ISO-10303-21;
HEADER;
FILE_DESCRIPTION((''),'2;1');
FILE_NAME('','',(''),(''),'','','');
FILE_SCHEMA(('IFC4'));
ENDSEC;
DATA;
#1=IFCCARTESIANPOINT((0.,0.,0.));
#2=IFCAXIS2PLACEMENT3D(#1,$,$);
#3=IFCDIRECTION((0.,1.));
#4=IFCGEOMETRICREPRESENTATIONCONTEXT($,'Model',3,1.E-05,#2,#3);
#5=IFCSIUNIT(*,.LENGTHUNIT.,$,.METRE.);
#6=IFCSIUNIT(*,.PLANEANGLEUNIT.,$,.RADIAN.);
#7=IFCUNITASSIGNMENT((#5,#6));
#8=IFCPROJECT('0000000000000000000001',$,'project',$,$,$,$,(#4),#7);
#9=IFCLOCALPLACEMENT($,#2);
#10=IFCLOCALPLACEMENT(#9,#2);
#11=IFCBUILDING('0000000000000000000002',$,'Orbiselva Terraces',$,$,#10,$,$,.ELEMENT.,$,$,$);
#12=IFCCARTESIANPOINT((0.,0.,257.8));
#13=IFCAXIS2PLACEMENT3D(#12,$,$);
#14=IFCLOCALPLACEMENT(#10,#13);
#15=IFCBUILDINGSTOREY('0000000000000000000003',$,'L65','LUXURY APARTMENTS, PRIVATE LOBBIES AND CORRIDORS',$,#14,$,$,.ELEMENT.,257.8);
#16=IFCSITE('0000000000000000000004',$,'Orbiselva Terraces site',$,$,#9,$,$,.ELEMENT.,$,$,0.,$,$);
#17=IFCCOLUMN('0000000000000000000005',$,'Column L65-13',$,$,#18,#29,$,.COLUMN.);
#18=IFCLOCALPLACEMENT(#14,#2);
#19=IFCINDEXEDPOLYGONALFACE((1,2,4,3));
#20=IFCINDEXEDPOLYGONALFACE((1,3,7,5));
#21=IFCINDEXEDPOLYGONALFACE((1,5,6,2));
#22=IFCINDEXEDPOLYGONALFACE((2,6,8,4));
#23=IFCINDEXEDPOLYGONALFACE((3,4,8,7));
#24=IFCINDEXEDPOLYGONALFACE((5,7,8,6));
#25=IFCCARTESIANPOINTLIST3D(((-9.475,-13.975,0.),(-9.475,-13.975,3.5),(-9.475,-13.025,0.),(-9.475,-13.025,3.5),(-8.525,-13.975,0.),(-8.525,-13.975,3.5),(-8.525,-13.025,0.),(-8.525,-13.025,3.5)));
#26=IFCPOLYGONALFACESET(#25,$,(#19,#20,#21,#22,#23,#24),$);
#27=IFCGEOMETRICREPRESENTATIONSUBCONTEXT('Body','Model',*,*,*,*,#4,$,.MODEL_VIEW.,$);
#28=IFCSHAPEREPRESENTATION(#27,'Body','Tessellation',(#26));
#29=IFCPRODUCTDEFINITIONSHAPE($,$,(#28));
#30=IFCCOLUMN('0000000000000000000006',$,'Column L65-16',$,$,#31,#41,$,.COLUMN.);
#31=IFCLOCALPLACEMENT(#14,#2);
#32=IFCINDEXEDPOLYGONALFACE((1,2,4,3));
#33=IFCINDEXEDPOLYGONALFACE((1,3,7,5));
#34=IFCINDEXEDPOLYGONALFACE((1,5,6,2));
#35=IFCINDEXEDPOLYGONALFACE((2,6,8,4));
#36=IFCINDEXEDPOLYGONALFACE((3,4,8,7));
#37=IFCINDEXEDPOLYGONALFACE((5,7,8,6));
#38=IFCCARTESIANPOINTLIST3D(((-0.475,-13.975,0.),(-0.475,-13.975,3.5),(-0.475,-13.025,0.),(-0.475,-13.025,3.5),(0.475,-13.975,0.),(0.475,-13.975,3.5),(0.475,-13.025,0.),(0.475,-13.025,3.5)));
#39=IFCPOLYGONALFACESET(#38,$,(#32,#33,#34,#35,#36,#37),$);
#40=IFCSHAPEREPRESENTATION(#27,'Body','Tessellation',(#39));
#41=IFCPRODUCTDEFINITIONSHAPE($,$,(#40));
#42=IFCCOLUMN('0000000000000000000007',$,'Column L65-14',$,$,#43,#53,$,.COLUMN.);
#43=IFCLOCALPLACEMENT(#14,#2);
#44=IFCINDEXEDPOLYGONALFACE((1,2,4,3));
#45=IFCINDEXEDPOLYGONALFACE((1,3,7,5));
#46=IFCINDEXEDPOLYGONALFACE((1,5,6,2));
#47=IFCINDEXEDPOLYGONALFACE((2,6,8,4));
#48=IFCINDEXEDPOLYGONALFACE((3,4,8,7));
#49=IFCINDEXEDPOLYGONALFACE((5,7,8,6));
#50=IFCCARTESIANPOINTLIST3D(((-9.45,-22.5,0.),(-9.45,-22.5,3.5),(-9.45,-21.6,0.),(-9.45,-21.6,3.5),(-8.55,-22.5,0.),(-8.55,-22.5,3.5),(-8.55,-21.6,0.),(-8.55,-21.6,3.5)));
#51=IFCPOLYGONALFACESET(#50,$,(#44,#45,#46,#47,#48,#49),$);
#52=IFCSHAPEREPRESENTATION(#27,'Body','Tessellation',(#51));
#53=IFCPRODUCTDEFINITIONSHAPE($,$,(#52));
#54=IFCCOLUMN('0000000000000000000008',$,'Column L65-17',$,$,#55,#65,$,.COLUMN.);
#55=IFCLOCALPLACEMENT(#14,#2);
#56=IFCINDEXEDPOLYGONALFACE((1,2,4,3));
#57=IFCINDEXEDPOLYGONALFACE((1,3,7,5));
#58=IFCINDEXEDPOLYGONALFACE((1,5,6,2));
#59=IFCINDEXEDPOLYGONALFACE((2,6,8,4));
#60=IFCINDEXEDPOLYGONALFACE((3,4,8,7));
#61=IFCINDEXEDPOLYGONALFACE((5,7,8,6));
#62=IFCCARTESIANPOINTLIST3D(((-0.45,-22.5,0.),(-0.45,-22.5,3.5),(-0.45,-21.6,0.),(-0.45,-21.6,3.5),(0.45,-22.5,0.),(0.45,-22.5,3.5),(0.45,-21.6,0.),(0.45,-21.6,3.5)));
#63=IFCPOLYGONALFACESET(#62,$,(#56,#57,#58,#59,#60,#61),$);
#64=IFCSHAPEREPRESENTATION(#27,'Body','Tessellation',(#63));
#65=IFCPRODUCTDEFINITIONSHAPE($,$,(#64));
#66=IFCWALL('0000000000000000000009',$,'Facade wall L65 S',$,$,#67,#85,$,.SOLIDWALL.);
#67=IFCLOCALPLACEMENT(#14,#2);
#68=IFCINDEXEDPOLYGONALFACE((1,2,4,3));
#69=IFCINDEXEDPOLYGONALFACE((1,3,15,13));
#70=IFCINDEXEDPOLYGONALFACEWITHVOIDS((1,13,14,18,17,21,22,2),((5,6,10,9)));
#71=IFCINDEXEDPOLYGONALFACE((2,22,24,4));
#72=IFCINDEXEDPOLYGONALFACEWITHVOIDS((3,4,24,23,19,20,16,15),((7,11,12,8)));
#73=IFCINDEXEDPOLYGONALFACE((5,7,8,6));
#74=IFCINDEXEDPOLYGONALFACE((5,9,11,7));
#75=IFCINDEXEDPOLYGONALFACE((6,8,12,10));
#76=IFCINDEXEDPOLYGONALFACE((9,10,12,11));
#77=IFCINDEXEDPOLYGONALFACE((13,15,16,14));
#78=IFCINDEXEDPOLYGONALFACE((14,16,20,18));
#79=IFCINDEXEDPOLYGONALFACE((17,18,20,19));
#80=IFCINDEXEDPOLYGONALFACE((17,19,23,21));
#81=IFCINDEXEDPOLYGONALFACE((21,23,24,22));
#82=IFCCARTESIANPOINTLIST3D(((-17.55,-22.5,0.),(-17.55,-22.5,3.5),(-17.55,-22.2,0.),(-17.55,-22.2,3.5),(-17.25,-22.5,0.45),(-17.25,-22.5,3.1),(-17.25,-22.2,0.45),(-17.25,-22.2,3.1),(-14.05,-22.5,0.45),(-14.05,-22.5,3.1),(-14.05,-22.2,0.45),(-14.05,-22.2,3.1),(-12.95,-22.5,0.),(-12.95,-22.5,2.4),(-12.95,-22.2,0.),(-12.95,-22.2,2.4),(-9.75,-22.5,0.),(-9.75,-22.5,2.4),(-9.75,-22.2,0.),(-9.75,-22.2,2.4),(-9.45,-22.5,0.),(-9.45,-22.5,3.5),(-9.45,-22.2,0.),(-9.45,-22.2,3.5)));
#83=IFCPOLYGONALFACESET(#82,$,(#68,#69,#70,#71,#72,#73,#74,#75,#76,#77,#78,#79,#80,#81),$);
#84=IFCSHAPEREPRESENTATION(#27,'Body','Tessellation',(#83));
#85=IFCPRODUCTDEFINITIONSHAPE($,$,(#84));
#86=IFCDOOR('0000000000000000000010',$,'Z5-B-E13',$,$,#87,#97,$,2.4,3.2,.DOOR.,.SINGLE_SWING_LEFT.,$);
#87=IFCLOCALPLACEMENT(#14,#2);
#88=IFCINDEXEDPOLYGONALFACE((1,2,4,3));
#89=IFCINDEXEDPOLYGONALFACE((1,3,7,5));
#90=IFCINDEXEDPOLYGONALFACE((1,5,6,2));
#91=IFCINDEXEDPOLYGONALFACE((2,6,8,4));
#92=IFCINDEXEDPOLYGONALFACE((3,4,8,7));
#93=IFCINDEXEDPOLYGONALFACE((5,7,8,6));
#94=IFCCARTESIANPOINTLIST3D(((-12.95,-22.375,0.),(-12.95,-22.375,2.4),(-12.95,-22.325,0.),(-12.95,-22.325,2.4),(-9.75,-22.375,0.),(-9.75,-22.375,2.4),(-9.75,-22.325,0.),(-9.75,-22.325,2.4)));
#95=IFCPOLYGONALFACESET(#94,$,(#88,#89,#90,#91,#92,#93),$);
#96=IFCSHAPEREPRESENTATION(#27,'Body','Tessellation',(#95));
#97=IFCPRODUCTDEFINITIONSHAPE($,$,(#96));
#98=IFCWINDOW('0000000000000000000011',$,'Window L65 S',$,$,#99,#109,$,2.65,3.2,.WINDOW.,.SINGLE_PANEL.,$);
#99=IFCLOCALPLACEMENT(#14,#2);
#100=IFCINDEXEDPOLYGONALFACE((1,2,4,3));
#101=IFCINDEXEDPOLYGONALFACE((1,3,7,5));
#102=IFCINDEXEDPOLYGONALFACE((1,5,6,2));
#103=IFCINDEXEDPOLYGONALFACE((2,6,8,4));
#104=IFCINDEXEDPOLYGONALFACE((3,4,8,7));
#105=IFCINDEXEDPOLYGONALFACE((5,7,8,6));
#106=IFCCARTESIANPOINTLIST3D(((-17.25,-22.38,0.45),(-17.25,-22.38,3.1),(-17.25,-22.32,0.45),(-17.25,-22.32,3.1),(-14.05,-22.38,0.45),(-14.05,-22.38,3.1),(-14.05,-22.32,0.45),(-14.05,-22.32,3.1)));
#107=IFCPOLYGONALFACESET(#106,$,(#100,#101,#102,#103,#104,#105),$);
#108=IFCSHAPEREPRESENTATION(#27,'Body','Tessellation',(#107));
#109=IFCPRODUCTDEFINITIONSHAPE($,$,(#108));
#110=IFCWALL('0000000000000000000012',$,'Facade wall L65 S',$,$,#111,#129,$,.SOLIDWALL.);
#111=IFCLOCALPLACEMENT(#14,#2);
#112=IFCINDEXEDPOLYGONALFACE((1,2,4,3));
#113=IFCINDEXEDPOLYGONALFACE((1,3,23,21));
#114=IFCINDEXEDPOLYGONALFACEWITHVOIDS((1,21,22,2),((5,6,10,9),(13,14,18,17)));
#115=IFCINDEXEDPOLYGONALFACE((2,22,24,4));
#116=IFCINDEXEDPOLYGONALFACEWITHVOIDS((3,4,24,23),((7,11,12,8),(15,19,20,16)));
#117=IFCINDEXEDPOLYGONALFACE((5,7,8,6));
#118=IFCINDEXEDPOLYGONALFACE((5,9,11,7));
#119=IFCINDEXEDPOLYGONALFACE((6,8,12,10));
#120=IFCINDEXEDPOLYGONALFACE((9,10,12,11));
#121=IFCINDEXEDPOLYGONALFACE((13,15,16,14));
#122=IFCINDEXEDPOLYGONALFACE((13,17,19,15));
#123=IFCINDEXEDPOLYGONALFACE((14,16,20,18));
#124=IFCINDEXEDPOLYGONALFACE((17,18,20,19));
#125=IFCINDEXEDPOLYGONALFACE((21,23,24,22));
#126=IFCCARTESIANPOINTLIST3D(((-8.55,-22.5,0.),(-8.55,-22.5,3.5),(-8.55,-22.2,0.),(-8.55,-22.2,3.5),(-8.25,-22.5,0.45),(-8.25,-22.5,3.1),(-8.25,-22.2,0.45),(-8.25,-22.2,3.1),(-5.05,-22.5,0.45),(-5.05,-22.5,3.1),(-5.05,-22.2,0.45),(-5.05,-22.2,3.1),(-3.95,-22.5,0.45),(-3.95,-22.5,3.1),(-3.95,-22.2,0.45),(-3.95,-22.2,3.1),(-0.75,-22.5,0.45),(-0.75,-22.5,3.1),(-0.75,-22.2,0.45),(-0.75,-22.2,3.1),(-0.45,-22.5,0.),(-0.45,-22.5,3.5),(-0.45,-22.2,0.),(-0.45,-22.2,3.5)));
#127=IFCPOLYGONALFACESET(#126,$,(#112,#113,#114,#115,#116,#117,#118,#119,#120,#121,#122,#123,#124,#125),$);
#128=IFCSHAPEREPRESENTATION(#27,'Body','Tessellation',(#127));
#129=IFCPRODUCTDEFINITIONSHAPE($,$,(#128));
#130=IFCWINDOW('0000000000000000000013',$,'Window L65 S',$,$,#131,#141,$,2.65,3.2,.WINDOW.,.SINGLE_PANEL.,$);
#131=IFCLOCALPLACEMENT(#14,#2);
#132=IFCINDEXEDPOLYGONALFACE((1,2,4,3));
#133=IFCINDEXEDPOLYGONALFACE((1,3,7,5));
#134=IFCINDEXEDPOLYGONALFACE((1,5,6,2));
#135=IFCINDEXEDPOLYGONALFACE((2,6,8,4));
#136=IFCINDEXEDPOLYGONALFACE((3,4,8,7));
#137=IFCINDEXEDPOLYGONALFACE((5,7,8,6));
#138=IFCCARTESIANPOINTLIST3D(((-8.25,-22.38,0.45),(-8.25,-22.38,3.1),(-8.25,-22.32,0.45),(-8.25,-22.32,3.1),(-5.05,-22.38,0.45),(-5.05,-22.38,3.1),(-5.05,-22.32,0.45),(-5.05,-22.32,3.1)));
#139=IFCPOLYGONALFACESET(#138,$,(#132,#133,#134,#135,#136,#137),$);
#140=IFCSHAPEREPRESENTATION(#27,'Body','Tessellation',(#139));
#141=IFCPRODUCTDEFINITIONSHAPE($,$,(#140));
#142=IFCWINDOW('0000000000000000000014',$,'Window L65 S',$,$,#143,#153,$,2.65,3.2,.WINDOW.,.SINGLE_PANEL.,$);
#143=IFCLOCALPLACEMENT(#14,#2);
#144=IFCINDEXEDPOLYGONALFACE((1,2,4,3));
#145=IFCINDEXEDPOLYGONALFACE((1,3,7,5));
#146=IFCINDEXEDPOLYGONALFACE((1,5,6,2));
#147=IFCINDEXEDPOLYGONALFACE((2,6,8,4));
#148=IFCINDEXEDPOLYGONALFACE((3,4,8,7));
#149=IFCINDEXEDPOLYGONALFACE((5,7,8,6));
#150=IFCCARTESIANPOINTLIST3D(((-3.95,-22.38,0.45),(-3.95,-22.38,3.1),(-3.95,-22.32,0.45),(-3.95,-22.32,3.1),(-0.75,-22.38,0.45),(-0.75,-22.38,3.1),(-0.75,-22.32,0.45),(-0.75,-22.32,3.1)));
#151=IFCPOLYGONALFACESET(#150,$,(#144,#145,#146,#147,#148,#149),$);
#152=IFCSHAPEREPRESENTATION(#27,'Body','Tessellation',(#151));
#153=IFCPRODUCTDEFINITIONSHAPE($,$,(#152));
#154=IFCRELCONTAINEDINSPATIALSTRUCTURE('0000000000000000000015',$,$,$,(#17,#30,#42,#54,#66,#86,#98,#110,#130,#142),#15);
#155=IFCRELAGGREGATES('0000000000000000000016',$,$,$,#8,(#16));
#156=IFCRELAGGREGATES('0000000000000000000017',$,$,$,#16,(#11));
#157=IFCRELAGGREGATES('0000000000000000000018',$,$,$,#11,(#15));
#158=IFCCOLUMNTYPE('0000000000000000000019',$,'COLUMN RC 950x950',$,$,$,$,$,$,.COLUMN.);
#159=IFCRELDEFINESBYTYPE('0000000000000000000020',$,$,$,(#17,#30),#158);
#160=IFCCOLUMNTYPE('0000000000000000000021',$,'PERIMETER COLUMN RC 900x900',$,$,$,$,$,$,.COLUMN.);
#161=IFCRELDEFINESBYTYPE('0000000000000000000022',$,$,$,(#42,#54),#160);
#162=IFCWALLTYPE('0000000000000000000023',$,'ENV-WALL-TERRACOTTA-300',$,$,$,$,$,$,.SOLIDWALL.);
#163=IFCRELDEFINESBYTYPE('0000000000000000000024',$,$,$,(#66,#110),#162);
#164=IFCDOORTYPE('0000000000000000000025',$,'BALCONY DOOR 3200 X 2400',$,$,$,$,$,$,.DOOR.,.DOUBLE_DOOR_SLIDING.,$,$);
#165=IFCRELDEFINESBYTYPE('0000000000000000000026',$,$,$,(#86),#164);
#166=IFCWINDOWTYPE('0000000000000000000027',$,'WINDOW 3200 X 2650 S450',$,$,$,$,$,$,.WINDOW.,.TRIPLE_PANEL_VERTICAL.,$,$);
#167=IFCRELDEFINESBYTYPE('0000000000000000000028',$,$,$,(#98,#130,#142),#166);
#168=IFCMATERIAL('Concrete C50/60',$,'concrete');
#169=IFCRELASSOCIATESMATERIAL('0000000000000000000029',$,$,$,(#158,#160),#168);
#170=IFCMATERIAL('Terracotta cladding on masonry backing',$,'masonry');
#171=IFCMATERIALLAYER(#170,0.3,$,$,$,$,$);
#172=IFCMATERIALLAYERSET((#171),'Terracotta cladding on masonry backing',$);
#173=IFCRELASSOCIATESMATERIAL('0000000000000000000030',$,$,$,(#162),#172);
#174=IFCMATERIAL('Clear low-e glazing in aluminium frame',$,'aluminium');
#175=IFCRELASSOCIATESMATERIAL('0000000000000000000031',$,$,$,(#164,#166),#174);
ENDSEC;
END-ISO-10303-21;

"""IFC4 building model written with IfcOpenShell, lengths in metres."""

from ifc_helpers import new_model, si_unit, direction, frame, frame_2d, origin, origin_2d, place, context, subcontext, project, spatial, rectangle, extrude, material, layer, layer_set, material_profile, profile_set, type_object, element, fill, save


model = new_model("IFC4")

# Units and contexts
model_context = context("Model", 3, precision=1e-05, world=origin(), true_north=direction((0.0, 1.0)))
body_context = subcontext(model_context, "Body", "Model", "MODEL_VIEW")
ifc_project = project(units=[si_unit("LENGTHUNIT", "METRE"), si_unit("PLANEANGLEUNIT", "RADIAN")], contexts=[model_context])

# Site, building, storey
site_placement = place(None, origin())
site = spatial("IfcSite", under=ifc_project, at=site_placement, Name="Orbiselva Terraces site", CompositionType="ELEMENT", RefElevation=0.0)
building_placement = place(site_placement, origin())
building = spatial("IfcBuilding", under=site, at=building_placement, Name="Orbiselva Terraces", CompositionType="ELEMENT")
storey_placement = place(building_placement, frame((0.0, 0.0, 257.8)))
storey = spatial("IfcBuildingStorey", under=building, at=storey_placement, Name="L65", Description="LUXURY APARTMENTS, PRIVATE LOBBIES AND CORRIDORS", CompositionType="ELEMENT", Elevation=257.8)

# Columns
ifc_material_1 = material(Name="Concrete C50/60", Category="concrete")
ifc_material_profile_1 = material_profile(ifc_material_1, rectangle(XDim=0.95, YDim=0.95, at=origin_2d()), Name="RC 950x950")
ifc_profile_set_1 = profile_set([ifc_material_profile_1], Name="Concrete C50/60")
column_type_1 = type_object("IfcColumnType", Name="COLUMN RC 950x950", PredefinedType="COLUMN", material=ifc_profile_set_1)
for number, where, z_axis, x_axis, name in (
    (1, (-9.0, -13.5, 0.0), (0.0, 0.0, 1.0), (1.0, 0.0, 0.0), "Column L65-13"),
    (2, (0.0, -13.5, 0.0), (0.0, 0.0, 1.0), (1.0, 0.0, 0.0), "Column L65-16"),
):
    element("IfcColumn", number, at=place(storey_placement, frame(where, z_axis=z_axis, x_axis=x_axis)), inside=storey, type_object=column_type_1, Name=name, PredefinedType="COLUMN", context=body_context, shape_type="SweptSolid", body=[
        extrude(rectangle(XDim=0.95, YDim=0.95, at=origin_2d()), origin(), (0.0, 0.0, 1.0), 3.5),
    ])
ifc_material_profile_2 = material_profile(ifc_material_1, rectangle(XDim=0.9, YDim=0.9, at=origin_2d()), Name="RC 900x900")
ifc_profile_set_2 = profile_set([ifc_material_profile_2], Name="Concrete C50/60")
column_type_2 = type_object("IfcColumnType", Name="PERIMETER COLUMN RC 900x900", PredefinedType="COLUMN", material=ifc_profile_set_2)
for number, where, z_axis, x_axis, name in (
    (3, (-9.0, -22.05, 0.0), (0.0, 0.0, 1.0), (1.0, 0.0, 0.0), "Column L65-14"),
    (4, (0.0, -22.05, 0.0), (0.0, 0.0, 1.0), (1.0, 0.0, 0.0), "Column L65-17"),
):
    element("IfcColumn", number, at=place(storey_placement, frame(where, z_axis=z_axis, x_axis=x_axis)), inside=storey, type_object=column_type_2, Name=name, PredefinedType="COLUMN", context=body_context, shape_type="SweptSolid", body=[
        extrude(rectangle(XDim=0.9, YDim=0.9, at=origin_2d()), origin(), (0.0, 0.0, 1.0), 3.5),
    ])

# Wall, openings, door, window
ifc_material_2 = material(Name="Terracotta cladding on masonry backing", Category="masonry")
ifc_layer_1 = layer(ifc_material_2, 0.3)
ifc_layer_set_1 = layer_set([ifc_layer_1], Name="Terracotta cladding on masonry backing")
wall_type_1 = type_object("IfcWallType", Name="ENV-WALL-TERRACOTTA-300", PredefinedType="SOLIDWALL", material=ifc_layer_set_1)
wall_1_placement = place(storey_placement, frame((-9.45, -22.35, 0.0), z_axis=(0.0, 0.0, 1.0), x_axis=(-1.0, 0.0, 0.0)))
wall_1 = element("IfcWall", 5, at=wall_1_placement, inside=storey, type_object=wall_type_1, Name="Facade wall L65 S", PredefinedType="SOLIDWALL", context=body_context, shape_type="SweptSolid", body=[
    extrude(rectangle(XDim=8.1, YDim=0.3, at=frame_2d((4.05, 0.0))), origin(), (0.0, 0.0, 1.0), 3.5),
])
opening_1_placement = place(wall_1_placement, frame((4.6, 0.0, 0.45)))
opening_1 = element("IfcOpeningElement", 6, at=opening_1_placement, cuts=wall_1, PredefinedType="OPENING", context=body_context, shape_type="SweptSolid", body=[
    extrude(rectangle(XDim=3.2, YDim=2.65, at=frame_2d((1.6, 1.325))), frame((0.0, 0.16, 0.0), z_axis=(0.0, -1.0, 0.0), x_axis=(1.0, 0.0, 0.0)), (0.0, 0.0, 1.0), 0.32),
])
opening_2_placement = place(wall_1_placement, frame((0.3, 0.0, 0.0)))
opening_2 = element("IfcOpeningElement", 7, at=opening_2_placement, cuts=wall_1, PredefinedType="OPENING", context=body_context, shape_type="SweptSolid", body=[
    extrude(rectangle(XDim=3.2, YDim=2.4, at=frame_2d((1.6, 1.2))), frame((0.0, 0.16, 0.0), z_axis=(0.0, -1.0, 0.0), x_axis=(1.0, 0.0, 0.0)), (0.0, 0.0, 1.0), 0.32),
])
ifc_material_3 = material(Name="Clear low-e glazing in aluminium frame", Category="aluminium")
door_type_1 = type_object("IfcDoorType", Name="BALCONY DOOR 3200 X 2400", OperationType="DOUBLE_DOOR_SLIDING", PredefinedType="DOOR", material=ifc_material_3)
door_1_placement = place(opening_2_placement, origin())
door_1 = element("IfcDoor", 8, at=door_1_placement, inside=storey, type_object=door_type_1, Name="Z5-B-E13", OperationType="SINGLE_SWING_LEFT", OverallHeight=2.4, OverallWidth=3.2, PredefinedType="DOOR", context=body_context, shape_type="SweptSolid", body=[
    extrude(rectangle(XDim=3.2, YDim=2.4, at=frame_2d((1.6, 1.2))), frame((0.0, 0.025, 0.0), z_axis=(0.0, -1.0, 0.0), x_axis=(1.0, 0.0, 0.0)), (0.0, 0.0, 1.0), 0.05),
])
fill(opening_2, door_1)
window_type = type_object("IfcWindowType", Name="WINDOW 3200 X 2650 S450", PartitioningType="TRIPLE_PANEL_VERTICAL", PredefinedType="WINDOW", material=ifc_material_3)
window_1_placement = place(opening_1_placement, origin())
window_1 = element("IfcWindow", 9, at=window_1_placement, inside=storey, type_object=window_type, Name="Window L65 S", OverallHeight=2.65, OverallWidth=3.2, PartitioningType="SINGLE_PANEL", PredefinedType="WINDOW", context=body_context, shape_type="SweptSolid", body=[
    extrude(rectangle(XDim=3.2, YDim=2.65, at=frame_2d((1.6, 1.325))), frame((0.0, 0.03, 0.0), z_axis=(0.0, -1.0, 0.0), x_axis=(1.0, 0.0, 0.0)), (0.0, 0.0, 1.0), 0.06),
])
fill(opening_1, window_1)

# Wall, openings, windows
wall_2_placement = place(storey_placement, frame((-0.45, -22.35, 0.0), z_axis=(0.0, 0.0, 1.0), x_axis=(-1.0, 0.0, 0.0)))
wall_2 = element("IfcWall", 10, at=wall_2_placement, inside=storey, type_object=wall_type_1, Name="Facade wall L65 S", PredefinedType="SOLIDWALL", context=body_context, shape_type="SweptSolid", body=[
    extrude(rectangle(XDim=8.1, YDim=0.3, at=frame_2d((4.05, 0.0))), origin(), (0.0, 0.0, 1.0), 3.5),
])
opening_3_placement = place(wall_2_placement, frame((4.6, 0.0, 0.45)))
opening_3 = element("IfcOpeningElement", 11, at=opening_3_placement, cuts=wall_2, PredefinedType="OPENING", context=body_context, shape_type="SweptSolid", body=[
    extrude(rectangle(XDim=3.2, YDim=2.65, at=frame_2d((1.6, 1.325))), frame((0.0, 0.16, 0.0), z_axis=(0.0, -1.0, 0.0), x_axis=(1.0, 0.0, 0.0)), (0.0, 0.0, 1.0), 0.32),
])
opening_4_placement = place(wall_2_placement, frame((0.3, 0.0, 0.45)))
opening_4 = element("IfcOpeningElement", 12, at=opening_4_placement, cuts=wall_2, PredefinedType="OPENING", context=body_context, shape_type="SweptSolid", body=[
    extrude(rectangle(XDim=3.2, YDim=2.65, at=frame_2d((1.6, 1.325))), frame((0.0, 0.16, 0.0), z_axis=(0.0, -1.0, 0.0), x_axis=(1.0, 0.0, 0.0)), (0.0, 0.0, 1.0), 0.32),
])
window_2_placement = place(opening_3_placement, origin())
window_2 = element("IfcWindow", 13, at=window_2_placement, inside=storey, type_object=window_type, Name="Window L65 S", OverallHeight=2.65, OverallWidth=3.2, PartitioningType="SINGLE_PANEL", PredefinedType="WINDOW", context=body_context, shape_type="SweptSolid", body=[
    extrude(rectangle(XDim=3.2, YDim=2.65, at=frame_2d((1.6, 1.325))), frame((0.0, 0.03, 0.0), z_axis=(0.0, -1.0, 0.0), x_axis=(1.0, 0.0, 0.0)), (0.0, 0.0, 1.0), 0.06),
])
fill(opening_3, window_2)
window_3_placement = place(opening_4_placement, origin())
window_3 = element("IfcWindow", 14, at=window_3_placement, inside=storey, type_object=window_type, Name="Window L65 S", OverallHeight=2.65, OverallWidth=3.2, PartitioningType="SINGLE_PANEL", PredefinedType="WINDOW", context=body_context, shape_type="SweptSolid", body=[
    extrude(rectangle(XDim=3.2, YDim=2.65, at=frame_2d((1.6, 1.325))), frame((0.0, 0.03, 0.0), z_axis=(0.0, -1.0, 0.0), x_axis=(1.0, 0.0, 0.0)), (0.0, 0.0, 1.0), 0.06),
])
fill(opening_4, window_3)

save(model, "model.ifc")
